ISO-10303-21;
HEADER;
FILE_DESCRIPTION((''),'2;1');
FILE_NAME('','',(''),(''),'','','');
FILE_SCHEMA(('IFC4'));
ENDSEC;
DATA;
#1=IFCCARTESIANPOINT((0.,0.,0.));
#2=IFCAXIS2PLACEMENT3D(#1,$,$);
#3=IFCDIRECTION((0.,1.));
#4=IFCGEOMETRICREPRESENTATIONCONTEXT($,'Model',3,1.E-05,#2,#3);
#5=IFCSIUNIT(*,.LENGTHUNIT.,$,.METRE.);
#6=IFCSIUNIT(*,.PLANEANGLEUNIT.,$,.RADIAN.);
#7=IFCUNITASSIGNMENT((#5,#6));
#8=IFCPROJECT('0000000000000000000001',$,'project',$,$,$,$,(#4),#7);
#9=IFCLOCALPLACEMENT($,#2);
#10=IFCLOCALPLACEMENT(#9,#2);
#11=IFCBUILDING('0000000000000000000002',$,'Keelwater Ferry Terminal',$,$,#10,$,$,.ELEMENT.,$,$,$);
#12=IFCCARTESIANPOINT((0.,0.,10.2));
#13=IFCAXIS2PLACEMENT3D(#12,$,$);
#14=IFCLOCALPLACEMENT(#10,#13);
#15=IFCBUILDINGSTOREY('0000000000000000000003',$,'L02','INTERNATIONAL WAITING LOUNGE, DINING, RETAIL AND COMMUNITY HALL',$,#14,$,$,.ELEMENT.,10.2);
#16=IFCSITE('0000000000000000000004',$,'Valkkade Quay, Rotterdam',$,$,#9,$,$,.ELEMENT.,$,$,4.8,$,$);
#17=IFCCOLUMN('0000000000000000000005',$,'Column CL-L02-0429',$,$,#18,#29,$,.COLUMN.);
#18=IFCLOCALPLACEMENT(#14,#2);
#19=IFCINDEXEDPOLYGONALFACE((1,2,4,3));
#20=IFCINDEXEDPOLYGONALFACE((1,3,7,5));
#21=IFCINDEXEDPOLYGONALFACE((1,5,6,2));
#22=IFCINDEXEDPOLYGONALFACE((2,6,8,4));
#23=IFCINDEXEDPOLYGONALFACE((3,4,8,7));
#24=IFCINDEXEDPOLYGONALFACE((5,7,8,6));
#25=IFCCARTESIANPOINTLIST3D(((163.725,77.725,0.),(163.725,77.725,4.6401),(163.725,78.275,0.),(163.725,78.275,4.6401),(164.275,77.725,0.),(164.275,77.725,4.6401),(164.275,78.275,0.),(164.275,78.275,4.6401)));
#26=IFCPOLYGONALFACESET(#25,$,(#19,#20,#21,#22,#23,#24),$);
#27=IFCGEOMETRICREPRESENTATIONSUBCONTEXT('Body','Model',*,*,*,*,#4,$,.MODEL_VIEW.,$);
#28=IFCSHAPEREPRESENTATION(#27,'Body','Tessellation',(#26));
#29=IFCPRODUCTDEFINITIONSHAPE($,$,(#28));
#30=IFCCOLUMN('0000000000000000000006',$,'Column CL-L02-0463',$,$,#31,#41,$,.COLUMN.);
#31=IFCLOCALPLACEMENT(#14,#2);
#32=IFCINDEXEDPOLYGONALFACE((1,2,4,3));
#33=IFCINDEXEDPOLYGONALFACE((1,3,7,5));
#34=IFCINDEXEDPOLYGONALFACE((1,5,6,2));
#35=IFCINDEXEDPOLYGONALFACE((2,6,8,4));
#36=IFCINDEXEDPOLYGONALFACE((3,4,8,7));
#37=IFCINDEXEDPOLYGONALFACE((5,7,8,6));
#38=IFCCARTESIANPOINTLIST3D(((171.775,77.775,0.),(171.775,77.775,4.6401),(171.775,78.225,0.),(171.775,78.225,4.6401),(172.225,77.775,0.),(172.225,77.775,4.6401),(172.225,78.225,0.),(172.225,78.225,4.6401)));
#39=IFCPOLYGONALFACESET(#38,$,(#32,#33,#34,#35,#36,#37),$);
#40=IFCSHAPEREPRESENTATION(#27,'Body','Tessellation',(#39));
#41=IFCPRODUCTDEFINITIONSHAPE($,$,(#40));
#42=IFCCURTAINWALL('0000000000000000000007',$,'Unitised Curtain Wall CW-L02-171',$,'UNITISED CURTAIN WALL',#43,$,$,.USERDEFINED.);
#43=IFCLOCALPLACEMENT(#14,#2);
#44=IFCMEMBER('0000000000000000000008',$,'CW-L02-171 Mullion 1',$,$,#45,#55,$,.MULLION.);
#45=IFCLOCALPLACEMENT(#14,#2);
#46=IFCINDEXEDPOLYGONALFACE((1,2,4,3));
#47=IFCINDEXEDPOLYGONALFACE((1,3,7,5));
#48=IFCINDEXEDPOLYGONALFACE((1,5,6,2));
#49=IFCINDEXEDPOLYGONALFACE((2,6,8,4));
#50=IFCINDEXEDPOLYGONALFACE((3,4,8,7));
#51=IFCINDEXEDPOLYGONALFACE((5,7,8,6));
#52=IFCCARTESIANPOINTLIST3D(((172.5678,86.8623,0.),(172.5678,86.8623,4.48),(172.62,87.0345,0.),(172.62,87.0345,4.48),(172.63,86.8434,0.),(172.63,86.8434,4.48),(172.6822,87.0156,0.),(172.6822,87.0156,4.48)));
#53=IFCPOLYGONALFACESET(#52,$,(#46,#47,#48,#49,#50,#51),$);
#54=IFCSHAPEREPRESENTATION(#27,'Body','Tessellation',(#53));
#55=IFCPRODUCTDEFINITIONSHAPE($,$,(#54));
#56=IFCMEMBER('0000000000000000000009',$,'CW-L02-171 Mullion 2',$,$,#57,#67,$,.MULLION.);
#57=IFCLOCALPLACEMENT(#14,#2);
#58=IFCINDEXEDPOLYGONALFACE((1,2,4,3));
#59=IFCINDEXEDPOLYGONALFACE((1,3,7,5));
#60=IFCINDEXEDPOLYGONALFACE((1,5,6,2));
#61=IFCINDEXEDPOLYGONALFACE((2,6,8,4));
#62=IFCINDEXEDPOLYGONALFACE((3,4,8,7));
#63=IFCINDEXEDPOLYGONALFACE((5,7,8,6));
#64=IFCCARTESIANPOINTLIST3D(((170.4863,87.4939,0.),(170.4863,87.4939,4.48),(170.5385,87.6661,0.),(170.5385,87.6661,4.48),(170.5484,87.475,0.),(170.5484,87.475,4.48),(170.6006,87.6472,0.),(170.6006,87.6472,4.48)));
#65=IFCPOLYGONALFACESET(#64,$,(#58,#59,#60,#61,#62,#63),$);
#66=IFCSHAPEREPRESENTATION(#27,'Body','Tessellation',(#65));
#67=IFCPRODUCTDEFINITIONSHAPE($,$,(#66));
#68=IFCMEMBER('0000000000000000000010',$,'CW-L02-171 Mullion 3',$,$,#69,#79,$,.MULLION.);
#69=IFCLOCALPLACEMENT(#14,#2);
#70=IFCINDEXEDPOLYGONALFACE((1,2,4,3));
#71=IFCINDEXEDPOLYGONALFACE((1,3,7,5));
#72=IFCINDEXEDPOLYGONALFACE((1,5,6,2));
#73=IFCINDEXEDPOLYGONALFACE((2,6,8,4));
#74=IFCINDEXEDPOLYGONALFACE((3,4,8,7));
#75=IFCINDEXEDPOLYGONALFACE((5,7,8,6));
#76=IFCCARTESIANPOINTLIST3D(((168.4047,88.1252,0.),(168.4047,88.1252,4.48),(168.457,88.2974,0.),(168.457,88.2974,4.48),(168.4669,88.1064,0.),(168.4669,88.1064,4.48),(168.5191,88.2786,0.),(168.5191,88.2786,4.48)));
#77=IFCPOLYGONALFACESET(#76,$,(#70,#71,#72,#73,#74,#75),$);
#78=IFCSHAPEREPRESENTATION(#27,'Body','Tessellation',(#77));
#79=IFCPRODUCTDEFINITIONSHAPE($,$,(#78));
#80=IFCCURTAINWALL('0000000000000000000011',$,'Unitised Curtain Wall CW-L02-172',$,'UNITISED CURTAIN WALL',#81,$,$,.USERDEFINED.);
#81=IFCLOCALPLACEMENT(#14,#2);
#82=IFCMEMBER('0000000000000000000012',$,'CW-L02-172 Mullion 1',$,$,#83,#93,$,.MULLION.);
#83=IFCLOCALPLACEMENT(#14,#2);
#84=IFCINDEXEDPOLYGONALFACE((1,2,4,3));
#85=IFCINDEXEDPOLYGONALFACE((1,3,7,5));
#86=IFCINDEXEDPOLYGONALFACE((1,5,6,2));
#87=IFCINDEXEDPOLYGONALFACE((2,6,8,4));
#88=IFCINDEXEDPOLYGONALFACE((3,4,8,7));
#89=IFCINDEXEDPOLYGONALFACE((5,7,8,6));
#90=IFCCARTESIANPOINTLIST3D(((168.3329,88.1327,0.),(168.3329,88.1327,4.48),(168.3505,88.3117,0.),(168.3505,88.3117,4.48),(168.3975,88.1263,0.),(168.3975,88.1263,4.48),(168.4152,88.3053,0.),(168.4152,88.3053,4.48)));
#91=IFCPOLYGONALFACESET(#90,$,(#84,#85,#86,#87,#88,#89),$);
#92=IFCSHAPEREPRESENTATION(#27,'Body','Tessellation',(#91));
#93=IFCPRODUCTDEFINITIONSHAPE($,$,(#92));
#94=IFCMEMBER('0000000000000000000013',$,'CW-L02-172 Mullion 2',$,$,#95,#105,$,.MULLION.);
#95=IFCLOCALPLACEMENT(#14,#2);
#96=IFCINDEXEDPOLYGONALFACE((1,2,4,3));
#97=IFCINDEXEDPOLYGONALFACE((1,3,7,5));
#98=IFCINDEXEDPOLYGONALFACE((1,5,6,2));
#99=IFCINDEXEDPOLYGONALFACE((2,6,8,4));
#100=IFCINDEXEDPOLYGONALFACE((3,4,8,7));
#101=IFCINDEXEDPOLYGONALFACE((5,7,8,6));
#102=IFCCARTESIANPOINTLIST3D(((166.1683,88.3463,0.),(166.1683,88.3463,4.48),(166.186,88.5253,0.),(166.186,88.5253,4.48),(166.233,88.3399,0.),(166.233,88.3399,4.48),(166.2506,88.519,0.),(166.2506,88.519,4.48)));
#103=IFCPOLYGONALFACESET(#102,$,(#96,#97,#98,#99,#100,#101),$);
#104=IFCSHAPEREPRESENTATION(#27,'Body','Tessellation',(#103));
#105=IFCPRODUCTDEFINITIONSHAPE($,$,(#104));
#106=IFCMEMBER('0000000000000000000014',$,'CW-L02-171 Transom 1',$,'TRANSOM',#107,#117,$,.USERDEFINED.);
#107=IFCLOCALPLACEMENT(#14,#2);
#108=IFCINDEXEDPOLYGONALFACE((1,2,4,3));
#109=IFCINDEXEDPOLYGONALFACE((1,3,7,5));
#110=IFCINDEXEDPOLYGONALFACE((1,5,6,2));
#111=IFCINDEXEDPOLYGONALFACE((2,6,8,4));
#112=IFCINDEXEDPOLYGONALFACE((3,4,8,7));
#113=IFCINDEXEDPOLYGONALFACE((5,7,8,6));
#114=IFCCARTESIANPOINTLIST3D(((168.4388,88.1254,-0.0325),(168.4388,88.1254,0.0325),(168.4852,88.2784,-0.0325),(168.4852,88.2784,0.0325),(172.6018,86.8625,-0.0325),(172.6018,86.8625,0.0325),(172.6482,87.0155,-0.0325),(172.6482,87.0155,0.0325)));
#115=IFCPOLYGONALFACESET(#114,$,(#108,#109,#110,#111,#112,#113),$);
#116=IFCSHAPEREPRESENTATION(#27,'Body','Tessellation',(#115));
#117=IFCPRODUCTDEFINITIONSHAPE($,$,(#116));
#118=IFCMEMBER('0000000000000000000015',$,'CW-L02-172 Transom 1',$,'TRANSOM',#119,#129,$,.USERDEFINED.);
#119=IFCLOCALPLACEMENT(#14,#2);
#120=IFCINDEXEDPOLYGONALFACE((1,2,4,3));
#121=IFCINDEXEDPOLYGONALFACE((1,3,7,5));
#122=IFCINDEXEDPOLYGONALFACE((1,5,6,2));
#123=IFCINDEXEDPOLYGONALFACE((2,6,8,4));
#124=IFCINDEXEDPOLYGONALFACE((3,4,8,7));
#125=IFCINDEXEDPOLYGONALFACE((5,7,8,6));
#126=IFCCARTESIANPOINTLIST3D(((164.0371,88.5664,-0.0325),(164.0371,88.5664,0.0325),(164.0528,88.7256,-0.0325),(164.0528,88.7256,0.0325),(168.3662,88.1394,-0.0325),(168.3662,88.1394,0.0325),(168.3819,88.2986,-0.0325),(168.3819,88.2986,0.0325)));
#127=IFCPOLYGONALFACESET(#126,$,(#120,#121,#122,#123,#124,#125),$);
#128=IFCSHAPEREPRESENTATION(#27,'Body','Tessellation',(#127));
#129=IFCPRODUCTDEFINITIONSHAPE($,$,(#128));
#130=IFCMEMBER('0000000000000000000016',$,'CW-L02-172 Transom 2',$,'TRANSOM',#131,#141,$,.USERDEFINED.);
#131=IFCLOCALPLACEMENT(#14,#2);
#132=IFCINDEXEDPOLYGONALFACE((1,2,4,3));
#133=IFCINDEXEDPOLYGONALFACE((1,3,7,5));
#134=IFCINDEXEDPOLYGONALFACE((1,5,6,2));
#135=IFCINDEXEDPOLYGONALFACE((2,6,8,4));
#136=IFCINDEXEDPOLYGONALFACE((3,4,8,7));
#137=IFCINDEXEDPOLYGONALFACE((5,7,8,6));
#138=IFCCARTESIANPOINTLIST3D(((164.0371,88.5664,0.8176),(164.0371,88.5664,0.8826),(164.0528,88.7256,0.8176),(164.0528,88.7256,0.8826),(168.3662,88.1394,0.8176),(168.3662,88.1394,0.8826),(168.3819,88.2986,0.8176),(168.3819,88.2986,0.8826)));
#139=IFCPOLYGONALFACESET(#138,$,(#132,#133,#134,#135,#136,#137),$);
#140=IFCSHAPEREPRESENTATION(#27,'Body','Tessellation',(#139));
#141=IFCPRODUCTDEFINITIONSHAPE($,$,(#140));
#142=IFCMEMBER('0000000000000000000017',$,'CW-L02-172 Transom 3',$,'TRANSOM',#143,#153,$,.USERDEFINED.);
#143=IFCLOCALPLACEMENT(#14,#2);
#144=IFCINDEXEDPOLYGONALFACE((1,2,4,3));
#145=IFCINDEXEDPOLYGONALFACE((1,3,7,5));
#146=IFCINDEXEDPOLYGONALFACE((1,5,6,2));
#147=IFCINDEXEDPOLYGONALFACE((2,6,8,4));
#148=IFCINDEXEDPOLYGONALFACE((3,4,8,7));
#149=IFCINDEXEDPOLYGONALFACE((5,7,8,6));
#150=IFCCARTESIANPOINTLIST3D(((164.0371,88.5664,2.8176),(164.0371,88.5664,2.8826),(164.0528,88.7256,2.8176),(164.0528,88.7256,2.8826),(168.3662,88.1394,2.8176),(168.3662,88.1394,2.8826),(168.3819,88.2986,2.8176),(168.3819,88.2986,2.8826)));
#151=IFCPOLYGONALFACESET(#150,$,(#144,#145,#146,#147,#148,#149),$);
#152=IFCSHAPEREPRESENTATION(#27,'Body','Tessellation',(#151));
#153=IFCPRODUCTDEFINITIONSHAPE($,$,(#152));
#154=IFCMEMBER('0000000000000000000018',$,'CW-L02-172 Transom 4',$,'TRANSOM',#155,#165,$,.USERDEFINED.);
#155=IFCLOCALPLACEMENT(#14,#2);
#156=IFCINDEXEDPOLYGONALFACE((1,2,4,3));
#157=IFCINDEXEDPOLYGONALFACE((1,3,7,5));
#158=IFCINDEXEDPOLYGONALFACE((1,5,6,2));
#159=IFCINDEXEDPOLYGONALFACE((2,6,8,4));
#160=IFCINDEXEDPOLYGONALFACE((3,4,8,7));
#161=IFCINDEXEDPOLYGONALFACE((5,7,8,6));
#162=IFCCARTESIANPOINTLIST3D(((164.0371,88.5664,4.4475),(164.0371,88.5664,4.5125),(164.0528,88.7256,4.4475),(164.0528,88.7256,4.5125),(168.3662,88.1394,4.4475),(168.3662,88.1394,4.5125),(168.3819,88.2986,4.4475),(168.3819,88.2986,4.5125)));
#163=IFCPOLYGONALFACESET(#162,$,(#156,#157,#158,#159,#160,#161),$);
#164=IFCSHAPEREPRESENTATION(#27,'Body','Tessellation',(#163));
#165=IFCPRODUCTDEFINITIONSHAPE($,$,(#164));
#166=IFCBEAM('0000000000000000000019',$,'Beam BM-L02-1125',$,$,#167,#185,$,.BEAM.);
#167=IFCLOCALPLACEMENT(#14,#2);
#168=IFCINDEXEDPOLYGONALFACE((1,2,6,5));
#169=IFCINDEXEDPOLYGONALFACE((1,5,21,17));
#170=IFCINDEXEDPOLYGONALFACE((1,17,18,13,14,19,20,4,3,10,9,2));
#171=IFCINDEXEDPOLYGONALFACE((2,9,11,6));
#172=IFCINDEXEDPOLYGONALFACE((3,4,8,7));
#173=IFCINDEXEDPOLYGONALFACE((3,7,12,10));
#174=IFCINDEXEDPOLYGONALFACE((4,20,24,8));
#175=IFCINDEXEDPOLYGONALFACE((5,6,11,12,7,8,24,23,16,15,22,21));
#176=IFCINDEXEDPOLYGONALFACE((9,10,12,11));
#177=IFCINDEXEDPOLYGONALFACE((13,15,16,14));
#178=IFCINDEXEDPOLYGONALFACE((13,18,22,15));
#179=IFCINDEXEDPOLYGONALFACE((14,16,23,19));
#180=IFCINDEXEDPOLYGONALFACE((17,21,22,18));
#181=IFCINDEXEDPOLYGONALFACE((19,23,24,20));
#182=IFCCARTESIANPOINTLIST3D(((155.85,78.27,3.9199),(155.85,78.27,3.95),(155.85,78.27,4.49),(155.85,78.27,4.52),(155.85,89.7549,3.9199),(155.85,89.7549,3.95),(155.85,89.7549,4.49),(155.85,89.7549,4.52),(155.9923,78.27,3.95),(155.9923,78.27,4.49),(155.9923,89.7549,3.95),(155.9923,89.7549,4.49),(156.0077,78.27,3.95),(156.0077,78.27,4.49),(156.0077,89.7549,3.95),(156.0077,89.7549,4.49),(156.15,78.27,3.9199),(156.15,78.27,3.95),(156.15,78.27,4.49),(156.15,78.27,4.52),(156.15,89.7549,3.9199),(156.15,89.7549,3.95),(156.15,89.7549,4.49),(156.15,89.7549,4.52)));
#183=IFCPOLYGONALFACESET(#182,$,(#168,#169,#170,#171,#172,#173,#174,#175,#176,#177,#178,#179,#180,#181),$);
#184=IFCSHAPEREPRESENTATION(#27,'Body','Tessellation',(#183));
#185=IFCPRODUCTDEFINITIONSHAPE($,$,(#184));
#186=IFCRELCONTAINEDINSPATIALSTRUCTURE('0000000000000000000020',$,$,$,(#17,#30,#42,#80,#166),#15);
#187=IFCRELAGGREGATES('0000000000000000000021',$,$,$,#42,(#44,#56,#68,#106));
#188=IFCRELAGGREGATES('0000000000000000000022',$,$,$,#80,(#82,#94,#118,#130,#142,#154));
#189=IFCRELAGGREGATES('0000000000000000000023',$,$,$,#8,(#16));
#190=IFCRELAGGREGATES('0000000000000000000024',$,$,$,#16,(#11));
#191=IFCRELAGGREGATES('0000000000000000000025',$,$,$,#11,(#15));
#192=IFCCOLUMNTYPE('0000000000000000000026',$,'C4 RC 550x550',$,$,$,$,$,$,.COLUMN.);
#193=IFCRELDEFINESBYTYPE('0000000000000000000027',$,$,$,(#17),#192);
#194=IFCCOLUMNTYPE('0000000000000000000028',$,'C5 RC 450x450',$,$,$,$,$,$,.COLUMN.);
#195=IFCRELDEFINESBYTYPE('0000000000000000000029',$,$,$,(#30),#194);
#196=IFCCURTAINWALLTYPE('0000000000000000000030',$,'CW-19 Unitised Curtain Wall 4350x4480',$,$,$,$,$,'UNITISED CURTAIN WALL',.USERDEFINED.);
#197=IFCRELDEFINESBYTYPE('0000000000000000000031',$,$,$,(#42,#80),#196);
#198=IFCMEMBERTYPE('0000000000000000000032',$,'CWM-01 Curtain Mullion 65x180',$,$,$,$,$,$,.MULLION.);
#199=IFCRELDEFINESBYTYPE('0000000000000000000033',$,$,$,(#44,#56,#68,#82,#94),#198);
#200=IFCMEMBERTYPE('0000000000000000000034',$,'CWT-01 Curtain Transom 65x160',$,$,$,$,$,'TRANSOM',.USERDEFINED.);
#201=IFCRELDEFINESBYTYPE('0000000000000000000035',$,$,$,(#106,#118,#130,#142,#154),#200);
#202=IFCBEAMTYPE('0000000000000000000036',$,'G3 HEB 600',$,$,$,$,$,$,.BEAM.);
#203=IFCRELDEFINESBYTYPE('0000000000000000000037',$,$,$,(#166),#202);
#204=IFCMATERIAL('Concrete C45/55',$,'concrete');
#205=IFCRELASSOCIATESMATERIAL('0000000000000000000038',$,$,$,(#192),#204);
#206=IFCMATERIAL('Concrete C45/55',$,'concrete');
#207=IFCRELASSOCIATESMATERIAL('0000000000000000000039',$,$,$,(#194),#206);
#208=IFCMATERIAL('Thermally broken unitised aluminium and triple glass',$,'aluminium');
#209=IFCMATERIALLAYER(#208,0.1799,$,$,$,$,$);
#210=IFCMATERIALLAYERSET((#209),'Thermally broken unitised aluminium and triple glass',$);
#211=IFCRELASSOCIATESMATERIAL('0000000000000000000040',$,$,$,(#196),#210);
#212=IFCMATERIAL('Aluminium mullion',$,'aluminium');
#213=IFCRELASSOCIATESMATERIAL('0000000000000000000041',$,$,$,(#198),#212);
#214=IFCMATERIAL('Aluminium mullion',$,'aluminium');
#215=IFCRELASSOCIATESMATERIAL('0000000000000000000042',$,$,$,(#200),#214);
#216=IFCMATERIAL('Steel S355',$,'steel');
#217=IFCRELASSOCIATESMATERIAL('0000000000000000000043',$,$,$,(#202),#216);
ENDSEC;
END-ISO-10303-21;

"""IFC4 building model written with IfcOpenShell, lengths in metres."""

from ifc_helpers import new_model, si_unit, direction, frame, origin, origin_2d, place, context, subcontext, project, spatial, rectangle, i_section, extrude, material, layer, layer_set, material_profile, profile_set, type_object, element, aggregate, save


model = new_model("IFC4")

# Units and contexts
model_context = context("Model", 3, precision=1e-05, world=origin(), true_north=direction((0.0, 1.0)))
body_context = subcontext(model_context, "Body", "Model", "MODEL_VIEW")
ifc_project = project(units=[si_unit("LENGTHUNIT", "METRE"), si_unit("PLANEANGLEUNIT", "RADIAN")], contexts=[model_context])

# Site, building, storey
site_placement = place(None, origin())
site = spatial("IfcSite", under=ifc_project, at=site_placement, Name="Valkkade Quay, Rotterdam", CompositionType="ELEMENT", RefElevation=4.8)
building_placement = place(site_placement, origin())
building = spatial("IfcBuilding", under=site, at=building_placement, Name="Keelwater Ferry Terminal", CompositionType="ELEMENT")
storey_placement = place(building_placement, frame((0.0, 0.0, 10.2)))
storey = spatial("IfcBuildingStorey", under=building, at=storey_placement, Name="L02", Description="INTERNATIONAL WAITING LOUNGE, DINING, RETAIL AND COMMUNITY HALL", CompositionType="ELEMENT", Elevation=10.2)

# Columns
ifc_material_1 = material(Name="Concrete C45/55", Category="concrete")
ifc_material_profile_1 = material_profile(ifc_material_1, rectangle(XDim=0.55, YDim=0.55, at=origin_2d()), Name="RC 550x550")
ifc_profile_set_1 = profile_set([ifc_material_profile_1], Name="Concrete C45/55")
column_type_1 = type_object("IfcColumnType", Name="C4 RC 550x550", PredefinedType="COLUMN", material=ifc_profile_set_1)
column_1_placement = place(storey_placement, frame((164.0, 78.0, 0.0), z_axis=(0.0, 0.0, 1.0), x_axis=(1.0, 0.0, 0.0)))
element("IfcColumn", 1, at=column_1_placement, inside=storey, type_object=column_type_1, Name="Column CL-L02-0429", PredefinedType="COLUMN", context=body_context, shape_type="SweptSolid", body=[
    extrude(rectangle(XDim=0.55, YDim=0.55, at=origin_2d()), origin(), (0.0, 0.0, 1.0), 4.6401),
])
ifc_material_2 = material(Name="Concrete C45/55", Category="concrete")
ifc_material_profile_2 = material_profile(ifc_material_2, rectangle(XDim=0.45, YDim=0.45, at=origin_2d()), Name="RC 450x450")
ifc_profile_set_2 = profile_set([ifc_material_profile_2], Name="Concrete C45/55")
column_type_2 = type_object("IfcColumnType", Name="C5 RC 450x450", PredefinedType="COLUMN", material=ifc_profile_set_2)
column_2_placement = place(storey_placement, frame((172.0, 78.0, 0.0), z_axis=(0.0, 0.0, 1.0), x_axis=(1.0, 0.0, 0.0)))
element("IfcColumn", 2, at=column_2_placement, inside=storey, type_object=column_type_2, Name="Column CL-L02-0463", PredefinedType="COLUMN", context=body_context, shape_type="SweptSolid", body=[
    extrude(rectangle(XDim=0.45, YDim=0.45, at=origin_2d()), origin(), (0.0, 0.0, 1.0), 4.6401),
])

# Curtain walls, members
ifc_material_3 = material(Name="Thermally broken unitised aluminium and triple glass", Category="aluminium")
ifc_layer_1 = layer(ifc_material_3, 0.1799)
ifc_layer_set_1 = layer_set([ifc_layer_1], Name="Thermally broken unitised aluminium and triple glass")
curtain_wall_type = type_object("IfcCurtainWallType", Name="CW-19 Unitised Curtain Wall 4350x4480", ElementType="UNITISED CURTAIN WALL", PredefinedType="USERDEFINED", material=ifc_layer_set_1)
curtain_wall_1_placement = place(storey_placement, origin())
curtain_wall_1 = element("IfcCurtainWall", 3, at=curtain_wall_1_placement, inside=storey, type_object=curtain_wall_type, Name="Unitised Curtain Wall CW-L02-171", ObjectType="UNITISED CURTAIN WALL", PredefinedType="USERDEFINED")
ifc_material_4 = material(Name="Aluminium mullion", Category="aluminium")
ifc_material_profile_3 = material_profile(ifc_material_4, rectangle(XDim=0.0649, YDim=0.1799, at=origin_2d()), Name="CWM-01")
ifc_profile_set_3 = profile_set([ifc_material_profile_3], Name="Aluminium mullion")
member_type_1 = type_object("IfcMemberType", Name="CWM-01 Curtain Mullion 65x180", PredefinedType="MULLION", material=ifc_profile_set_3)
member_1_placement = place(storey_placement, frame((172.625, 86.939, 0.0), z_axis=(0.0, 0.0, 1.0), x_axis=(-0.95693, 0.29032, 0.0)))
member_1 = element("IfcMember", 4, at=member_1_placement, type_object=member_type_1, Name="CW-L02-171 Mullion 1", PredefinedType="MULLION", context=body_context, shape_type="SweptSolid", body=[
    extrude(rectangle(XDim=0.0649, YDim=0.1799, at=origin_2d()), origin(), (0.0, 0.0, 1.0), 4.48),
])
member_2_placement = place(storey_placement, frame((170.5435, 87.5706, 0.0), z_axis=(0.0, 0.0, 1.0), x_axis=(-0.95693, 0.29032, 0.0)))
member_2 = element("IfcMember", 5, at=member_2_placement, type_object=member_type_1, Name="CW-L02-171 Mullion 2", PredefinedType="MULLION", context=body_context, shape_type="SweptSolid", body=[
    extrude(rectangle(XDim=0.0649, YDim=0.1799, at=origin_2d()), origin(), (0.0, 0.0, 1.0), 4.48),
])
member_3_placement = place(storey_placement, frame((168.4619, 88.2019, 0.0), z_axis=(0.0, 0.0, 1.0), x_axis=(-0.95693, 0.29032, 0.0)))
member_3 = element("IfcMember", 6, at=member_3_placement, type_object=member_type_1, Name="CW-L02-171 Mullion 3", PredefinedType="MULLION", context=body_context, shape_type="SweptSolid", body=[
    extrude(rectangle(XDim=0.0649, YDim=0.1799, at=origin_2d()), origin(), (0.0, 0.0, 1.0), 4.48),
])
curtain_wall_2_placement = place(storey_placement, origin())
curtain_wall_2 = element("IfcCurtainWall", 7, at=curtain_wall_2_placement, inside=storey, type_object=curtain_wall_type, Name="Unitised Curtain Wall CW-L02-172", ObjectType="UNITISED CURTAIN WALL", PredefinedType="USERDEFINED")
member_4_placement = place(storey_placement, frame((168.374, 88.219, 0.0), z_axis=(0.0, 0.0, 1.0), x_axis=(-0.995171, 0.098161, 0.0)))
member_4 = element("IfcMember", 8, at=member_4_placement, type_object=member_type_1, Name="CW-L02-172 Mullion 1", PredefinedType="MULLION", context=body_context, shape_type="SweptSolid", body=[
    extrude(rectangle(XDim=0.0649, YDim=0.1799, at=origin_2d()), origin(), (0.0, 0.0, 1.0), 4.48),
])
member_5_placement = place(storey_placement, frame((166.2095, 88.4326, 0.0), z_axis=(0.0, 0.0, 1.0), x_axis=(-0.995171, 0.098161, 0.0)))
member_5 = element("IfcMember", 9, at=member_5_placement, type_object=member_type_1, Name="CW-L02-172 Mullion 2", PredefinedType="MULLION", context=body_context, shape_type="SweptSolid", body=[
    extrude(rectangle(XDim=0.0649, YDim=0.1799, at=origin_2d()), origin(), (0.0, 0.0, 1.0), 4.48),
])

# Members
ifc_material_5 = material(Name="Aluminium mullion", Category="aluminium")
ifc_material_profile_4 = material_profile(ifc_material_5, rectangle(XDim=0.1599, YDim=0.0649, at=origin_2d()), Name="CWT-01")
ifc_profile_set_4 = profile_set([ifc_material_profile_4], Name="Aluminium mullion")
member_type_2 = type_object("IfcMemberType", Name="CWT-01 Curtain Transom 65x160", ElementType="TRANSOM", PredefinedType="USERDEFINED", material=ifc_profile_set_4)
member_6_placement = place(storey_placement, frame((172.625, 86.939, 0.0), z_axis=(-0.956935, 0.290302, 0.0), x_axis=(-0.290302, -0.956935, 0.0)))
member_6 = element("IfcMember", 10, at=member_6_placement, type_object=member_type_2, Name="CW-L02-171 Transom 1", ObjectType="TRANSOM", PredefinedType="USERDEFINED", context=body_context, shape_type="SweptSolid", body=[
    extrude(rectangle(XDim=0.1599, YDim=0.0649, at=origin_2d()), origin(), (0.0, 0.0, 1.0), 4.3503),
])
member_7_placement = place(storey_placement, frame((168.374, 88.219, 0.0), z_axis=(-0.995171, 0.098159, 0.0), x_axis=(-0.098159, -0.995171, 0.0)))
member_7 = element("IfcMember", 11, at=member_7_placement, type_object=member_type_2, Name="CW-L02-172 Transom 1", ObjectType="TRANSOM", PredefinedType="USERDEFINED", context=body_context, shape_type="SweptSolid", body=[
    extrude(rectangle(XDim=0.1599, YDim=0.0649, at=origin_2d()), origin(), (0.0, 0.0, 1.0), 4.3501),
])
member_8_placement = place(storey_placement, frame((168.374, 88.219, 0.8501), z_axis=(-0.995171, 0.098159, 0.0), x_axis=(-0.098159, -0.995171, 0.0)))
member_8 = element("IfcMember", 12, at=member_8_placement, type_object=member_type_2, Name="CW-L02-172 Transom 2", ObjectType="TRANSOM", PredefinedType="USERDEFINED", context=body_context, shape_type="SweptSolid", body=[
    extrude(rectangle(XDim=0.1599, YDim=0.0649, at=origin_2d()), origin(), (0.0, 0.0, 1.0), 4.3501),
])
member_9_placement = place(storey_placement, frame((168.374, 88.219, 2.8501), z_axis=(-0.995171, 0.098159, 0.0), x_axis=(-0.098159, -0.995171, 0.0)))
member_9 = element("IfcMember", 13, at=member_9_placement, type_object=member_type_2, Name="CW-L02-172 Transom 3", ObjectType="TRANSOM", PredefinedType="USERDEFINED", context=body_context, shape_type="SweptSolid", body=[
    extrude(rectangle(XDim=0.1599, YDim=0.0649, at=origin_2d()), origin(), (0.0, 0.0, 1.0), 4.3501),
])
member_10_placement = place(storey_placement, frame((168.374, 88.219, 4.48), z_axis=(-0.995171, 0.098159, 0.0), x_axis=(-0.098159, -0.995171, 0.0)))
member_10 = element("IfcMember", 14, at=member_10_placement, type_object=member_type_2, Name="CW-L02-172 Transom 4", ObjectType="TRANSOM", PredefinedType="USERDEFINED", context=body_context, shape_type="SweptSolid", body=[
    extrude(rectangle(XDim=0.1599, YDim=0.0649, at=origin_2d()), origin(), (0.0, 0.0, 1.0), 4.3501),
])

# Beam
ifc_material_6 = material(Name="Steel S355", Category="steel")
ifc_material_profile_5 = material_profile(ifc_material_6, i_section(OverallWidth=0.3, OverallDepth=0.6001, WebThickness=0.0154, FlangeThickness=0.03, at=origin_2d()), Name="HEB 600")
ifc_profile_set_5 = profile_set([ifc_material_profile_5], Name="Steel S355")
beam_type_1 = type_object("IfcBeamType", Name="G3 HEB 600", PredefinedType="BEAM", material=ifc_profile_set_5)
for number, where, z_axis, x_axis, name in (
    (15, (156.0, 78.27, 4.22), (0.0, 1.0, 0.0), (-1.0, 0.0, 0.0), "Beam BM-L02-1125"),
):
    element("IfcBeam", number, at=place(storey_placement, frame(where, z_axis=z_axis, x_axis=x_axis)), inside=storey, type_object=beam_type_1, Name=name, PredefinedType="BEAM", context=body_context, shape_type="SweptSolid", body=[
        extrude(i_section(OverallWidth=0.3, OverallDepth=0.6001, WebThickness=0.0154, FlangeThickness=0.03, at=origin_2d()), origin(), (0.0, 0.0, 1.0), 11.4849),
    ])

aggregate(curtain_wall_1, [member_1, member_2, member_3, member_6])
aggregate(curtain_wall_2, [member_4, member_5, member_7, member_8, member_9, member_10])

save(model, "model.ifc")
